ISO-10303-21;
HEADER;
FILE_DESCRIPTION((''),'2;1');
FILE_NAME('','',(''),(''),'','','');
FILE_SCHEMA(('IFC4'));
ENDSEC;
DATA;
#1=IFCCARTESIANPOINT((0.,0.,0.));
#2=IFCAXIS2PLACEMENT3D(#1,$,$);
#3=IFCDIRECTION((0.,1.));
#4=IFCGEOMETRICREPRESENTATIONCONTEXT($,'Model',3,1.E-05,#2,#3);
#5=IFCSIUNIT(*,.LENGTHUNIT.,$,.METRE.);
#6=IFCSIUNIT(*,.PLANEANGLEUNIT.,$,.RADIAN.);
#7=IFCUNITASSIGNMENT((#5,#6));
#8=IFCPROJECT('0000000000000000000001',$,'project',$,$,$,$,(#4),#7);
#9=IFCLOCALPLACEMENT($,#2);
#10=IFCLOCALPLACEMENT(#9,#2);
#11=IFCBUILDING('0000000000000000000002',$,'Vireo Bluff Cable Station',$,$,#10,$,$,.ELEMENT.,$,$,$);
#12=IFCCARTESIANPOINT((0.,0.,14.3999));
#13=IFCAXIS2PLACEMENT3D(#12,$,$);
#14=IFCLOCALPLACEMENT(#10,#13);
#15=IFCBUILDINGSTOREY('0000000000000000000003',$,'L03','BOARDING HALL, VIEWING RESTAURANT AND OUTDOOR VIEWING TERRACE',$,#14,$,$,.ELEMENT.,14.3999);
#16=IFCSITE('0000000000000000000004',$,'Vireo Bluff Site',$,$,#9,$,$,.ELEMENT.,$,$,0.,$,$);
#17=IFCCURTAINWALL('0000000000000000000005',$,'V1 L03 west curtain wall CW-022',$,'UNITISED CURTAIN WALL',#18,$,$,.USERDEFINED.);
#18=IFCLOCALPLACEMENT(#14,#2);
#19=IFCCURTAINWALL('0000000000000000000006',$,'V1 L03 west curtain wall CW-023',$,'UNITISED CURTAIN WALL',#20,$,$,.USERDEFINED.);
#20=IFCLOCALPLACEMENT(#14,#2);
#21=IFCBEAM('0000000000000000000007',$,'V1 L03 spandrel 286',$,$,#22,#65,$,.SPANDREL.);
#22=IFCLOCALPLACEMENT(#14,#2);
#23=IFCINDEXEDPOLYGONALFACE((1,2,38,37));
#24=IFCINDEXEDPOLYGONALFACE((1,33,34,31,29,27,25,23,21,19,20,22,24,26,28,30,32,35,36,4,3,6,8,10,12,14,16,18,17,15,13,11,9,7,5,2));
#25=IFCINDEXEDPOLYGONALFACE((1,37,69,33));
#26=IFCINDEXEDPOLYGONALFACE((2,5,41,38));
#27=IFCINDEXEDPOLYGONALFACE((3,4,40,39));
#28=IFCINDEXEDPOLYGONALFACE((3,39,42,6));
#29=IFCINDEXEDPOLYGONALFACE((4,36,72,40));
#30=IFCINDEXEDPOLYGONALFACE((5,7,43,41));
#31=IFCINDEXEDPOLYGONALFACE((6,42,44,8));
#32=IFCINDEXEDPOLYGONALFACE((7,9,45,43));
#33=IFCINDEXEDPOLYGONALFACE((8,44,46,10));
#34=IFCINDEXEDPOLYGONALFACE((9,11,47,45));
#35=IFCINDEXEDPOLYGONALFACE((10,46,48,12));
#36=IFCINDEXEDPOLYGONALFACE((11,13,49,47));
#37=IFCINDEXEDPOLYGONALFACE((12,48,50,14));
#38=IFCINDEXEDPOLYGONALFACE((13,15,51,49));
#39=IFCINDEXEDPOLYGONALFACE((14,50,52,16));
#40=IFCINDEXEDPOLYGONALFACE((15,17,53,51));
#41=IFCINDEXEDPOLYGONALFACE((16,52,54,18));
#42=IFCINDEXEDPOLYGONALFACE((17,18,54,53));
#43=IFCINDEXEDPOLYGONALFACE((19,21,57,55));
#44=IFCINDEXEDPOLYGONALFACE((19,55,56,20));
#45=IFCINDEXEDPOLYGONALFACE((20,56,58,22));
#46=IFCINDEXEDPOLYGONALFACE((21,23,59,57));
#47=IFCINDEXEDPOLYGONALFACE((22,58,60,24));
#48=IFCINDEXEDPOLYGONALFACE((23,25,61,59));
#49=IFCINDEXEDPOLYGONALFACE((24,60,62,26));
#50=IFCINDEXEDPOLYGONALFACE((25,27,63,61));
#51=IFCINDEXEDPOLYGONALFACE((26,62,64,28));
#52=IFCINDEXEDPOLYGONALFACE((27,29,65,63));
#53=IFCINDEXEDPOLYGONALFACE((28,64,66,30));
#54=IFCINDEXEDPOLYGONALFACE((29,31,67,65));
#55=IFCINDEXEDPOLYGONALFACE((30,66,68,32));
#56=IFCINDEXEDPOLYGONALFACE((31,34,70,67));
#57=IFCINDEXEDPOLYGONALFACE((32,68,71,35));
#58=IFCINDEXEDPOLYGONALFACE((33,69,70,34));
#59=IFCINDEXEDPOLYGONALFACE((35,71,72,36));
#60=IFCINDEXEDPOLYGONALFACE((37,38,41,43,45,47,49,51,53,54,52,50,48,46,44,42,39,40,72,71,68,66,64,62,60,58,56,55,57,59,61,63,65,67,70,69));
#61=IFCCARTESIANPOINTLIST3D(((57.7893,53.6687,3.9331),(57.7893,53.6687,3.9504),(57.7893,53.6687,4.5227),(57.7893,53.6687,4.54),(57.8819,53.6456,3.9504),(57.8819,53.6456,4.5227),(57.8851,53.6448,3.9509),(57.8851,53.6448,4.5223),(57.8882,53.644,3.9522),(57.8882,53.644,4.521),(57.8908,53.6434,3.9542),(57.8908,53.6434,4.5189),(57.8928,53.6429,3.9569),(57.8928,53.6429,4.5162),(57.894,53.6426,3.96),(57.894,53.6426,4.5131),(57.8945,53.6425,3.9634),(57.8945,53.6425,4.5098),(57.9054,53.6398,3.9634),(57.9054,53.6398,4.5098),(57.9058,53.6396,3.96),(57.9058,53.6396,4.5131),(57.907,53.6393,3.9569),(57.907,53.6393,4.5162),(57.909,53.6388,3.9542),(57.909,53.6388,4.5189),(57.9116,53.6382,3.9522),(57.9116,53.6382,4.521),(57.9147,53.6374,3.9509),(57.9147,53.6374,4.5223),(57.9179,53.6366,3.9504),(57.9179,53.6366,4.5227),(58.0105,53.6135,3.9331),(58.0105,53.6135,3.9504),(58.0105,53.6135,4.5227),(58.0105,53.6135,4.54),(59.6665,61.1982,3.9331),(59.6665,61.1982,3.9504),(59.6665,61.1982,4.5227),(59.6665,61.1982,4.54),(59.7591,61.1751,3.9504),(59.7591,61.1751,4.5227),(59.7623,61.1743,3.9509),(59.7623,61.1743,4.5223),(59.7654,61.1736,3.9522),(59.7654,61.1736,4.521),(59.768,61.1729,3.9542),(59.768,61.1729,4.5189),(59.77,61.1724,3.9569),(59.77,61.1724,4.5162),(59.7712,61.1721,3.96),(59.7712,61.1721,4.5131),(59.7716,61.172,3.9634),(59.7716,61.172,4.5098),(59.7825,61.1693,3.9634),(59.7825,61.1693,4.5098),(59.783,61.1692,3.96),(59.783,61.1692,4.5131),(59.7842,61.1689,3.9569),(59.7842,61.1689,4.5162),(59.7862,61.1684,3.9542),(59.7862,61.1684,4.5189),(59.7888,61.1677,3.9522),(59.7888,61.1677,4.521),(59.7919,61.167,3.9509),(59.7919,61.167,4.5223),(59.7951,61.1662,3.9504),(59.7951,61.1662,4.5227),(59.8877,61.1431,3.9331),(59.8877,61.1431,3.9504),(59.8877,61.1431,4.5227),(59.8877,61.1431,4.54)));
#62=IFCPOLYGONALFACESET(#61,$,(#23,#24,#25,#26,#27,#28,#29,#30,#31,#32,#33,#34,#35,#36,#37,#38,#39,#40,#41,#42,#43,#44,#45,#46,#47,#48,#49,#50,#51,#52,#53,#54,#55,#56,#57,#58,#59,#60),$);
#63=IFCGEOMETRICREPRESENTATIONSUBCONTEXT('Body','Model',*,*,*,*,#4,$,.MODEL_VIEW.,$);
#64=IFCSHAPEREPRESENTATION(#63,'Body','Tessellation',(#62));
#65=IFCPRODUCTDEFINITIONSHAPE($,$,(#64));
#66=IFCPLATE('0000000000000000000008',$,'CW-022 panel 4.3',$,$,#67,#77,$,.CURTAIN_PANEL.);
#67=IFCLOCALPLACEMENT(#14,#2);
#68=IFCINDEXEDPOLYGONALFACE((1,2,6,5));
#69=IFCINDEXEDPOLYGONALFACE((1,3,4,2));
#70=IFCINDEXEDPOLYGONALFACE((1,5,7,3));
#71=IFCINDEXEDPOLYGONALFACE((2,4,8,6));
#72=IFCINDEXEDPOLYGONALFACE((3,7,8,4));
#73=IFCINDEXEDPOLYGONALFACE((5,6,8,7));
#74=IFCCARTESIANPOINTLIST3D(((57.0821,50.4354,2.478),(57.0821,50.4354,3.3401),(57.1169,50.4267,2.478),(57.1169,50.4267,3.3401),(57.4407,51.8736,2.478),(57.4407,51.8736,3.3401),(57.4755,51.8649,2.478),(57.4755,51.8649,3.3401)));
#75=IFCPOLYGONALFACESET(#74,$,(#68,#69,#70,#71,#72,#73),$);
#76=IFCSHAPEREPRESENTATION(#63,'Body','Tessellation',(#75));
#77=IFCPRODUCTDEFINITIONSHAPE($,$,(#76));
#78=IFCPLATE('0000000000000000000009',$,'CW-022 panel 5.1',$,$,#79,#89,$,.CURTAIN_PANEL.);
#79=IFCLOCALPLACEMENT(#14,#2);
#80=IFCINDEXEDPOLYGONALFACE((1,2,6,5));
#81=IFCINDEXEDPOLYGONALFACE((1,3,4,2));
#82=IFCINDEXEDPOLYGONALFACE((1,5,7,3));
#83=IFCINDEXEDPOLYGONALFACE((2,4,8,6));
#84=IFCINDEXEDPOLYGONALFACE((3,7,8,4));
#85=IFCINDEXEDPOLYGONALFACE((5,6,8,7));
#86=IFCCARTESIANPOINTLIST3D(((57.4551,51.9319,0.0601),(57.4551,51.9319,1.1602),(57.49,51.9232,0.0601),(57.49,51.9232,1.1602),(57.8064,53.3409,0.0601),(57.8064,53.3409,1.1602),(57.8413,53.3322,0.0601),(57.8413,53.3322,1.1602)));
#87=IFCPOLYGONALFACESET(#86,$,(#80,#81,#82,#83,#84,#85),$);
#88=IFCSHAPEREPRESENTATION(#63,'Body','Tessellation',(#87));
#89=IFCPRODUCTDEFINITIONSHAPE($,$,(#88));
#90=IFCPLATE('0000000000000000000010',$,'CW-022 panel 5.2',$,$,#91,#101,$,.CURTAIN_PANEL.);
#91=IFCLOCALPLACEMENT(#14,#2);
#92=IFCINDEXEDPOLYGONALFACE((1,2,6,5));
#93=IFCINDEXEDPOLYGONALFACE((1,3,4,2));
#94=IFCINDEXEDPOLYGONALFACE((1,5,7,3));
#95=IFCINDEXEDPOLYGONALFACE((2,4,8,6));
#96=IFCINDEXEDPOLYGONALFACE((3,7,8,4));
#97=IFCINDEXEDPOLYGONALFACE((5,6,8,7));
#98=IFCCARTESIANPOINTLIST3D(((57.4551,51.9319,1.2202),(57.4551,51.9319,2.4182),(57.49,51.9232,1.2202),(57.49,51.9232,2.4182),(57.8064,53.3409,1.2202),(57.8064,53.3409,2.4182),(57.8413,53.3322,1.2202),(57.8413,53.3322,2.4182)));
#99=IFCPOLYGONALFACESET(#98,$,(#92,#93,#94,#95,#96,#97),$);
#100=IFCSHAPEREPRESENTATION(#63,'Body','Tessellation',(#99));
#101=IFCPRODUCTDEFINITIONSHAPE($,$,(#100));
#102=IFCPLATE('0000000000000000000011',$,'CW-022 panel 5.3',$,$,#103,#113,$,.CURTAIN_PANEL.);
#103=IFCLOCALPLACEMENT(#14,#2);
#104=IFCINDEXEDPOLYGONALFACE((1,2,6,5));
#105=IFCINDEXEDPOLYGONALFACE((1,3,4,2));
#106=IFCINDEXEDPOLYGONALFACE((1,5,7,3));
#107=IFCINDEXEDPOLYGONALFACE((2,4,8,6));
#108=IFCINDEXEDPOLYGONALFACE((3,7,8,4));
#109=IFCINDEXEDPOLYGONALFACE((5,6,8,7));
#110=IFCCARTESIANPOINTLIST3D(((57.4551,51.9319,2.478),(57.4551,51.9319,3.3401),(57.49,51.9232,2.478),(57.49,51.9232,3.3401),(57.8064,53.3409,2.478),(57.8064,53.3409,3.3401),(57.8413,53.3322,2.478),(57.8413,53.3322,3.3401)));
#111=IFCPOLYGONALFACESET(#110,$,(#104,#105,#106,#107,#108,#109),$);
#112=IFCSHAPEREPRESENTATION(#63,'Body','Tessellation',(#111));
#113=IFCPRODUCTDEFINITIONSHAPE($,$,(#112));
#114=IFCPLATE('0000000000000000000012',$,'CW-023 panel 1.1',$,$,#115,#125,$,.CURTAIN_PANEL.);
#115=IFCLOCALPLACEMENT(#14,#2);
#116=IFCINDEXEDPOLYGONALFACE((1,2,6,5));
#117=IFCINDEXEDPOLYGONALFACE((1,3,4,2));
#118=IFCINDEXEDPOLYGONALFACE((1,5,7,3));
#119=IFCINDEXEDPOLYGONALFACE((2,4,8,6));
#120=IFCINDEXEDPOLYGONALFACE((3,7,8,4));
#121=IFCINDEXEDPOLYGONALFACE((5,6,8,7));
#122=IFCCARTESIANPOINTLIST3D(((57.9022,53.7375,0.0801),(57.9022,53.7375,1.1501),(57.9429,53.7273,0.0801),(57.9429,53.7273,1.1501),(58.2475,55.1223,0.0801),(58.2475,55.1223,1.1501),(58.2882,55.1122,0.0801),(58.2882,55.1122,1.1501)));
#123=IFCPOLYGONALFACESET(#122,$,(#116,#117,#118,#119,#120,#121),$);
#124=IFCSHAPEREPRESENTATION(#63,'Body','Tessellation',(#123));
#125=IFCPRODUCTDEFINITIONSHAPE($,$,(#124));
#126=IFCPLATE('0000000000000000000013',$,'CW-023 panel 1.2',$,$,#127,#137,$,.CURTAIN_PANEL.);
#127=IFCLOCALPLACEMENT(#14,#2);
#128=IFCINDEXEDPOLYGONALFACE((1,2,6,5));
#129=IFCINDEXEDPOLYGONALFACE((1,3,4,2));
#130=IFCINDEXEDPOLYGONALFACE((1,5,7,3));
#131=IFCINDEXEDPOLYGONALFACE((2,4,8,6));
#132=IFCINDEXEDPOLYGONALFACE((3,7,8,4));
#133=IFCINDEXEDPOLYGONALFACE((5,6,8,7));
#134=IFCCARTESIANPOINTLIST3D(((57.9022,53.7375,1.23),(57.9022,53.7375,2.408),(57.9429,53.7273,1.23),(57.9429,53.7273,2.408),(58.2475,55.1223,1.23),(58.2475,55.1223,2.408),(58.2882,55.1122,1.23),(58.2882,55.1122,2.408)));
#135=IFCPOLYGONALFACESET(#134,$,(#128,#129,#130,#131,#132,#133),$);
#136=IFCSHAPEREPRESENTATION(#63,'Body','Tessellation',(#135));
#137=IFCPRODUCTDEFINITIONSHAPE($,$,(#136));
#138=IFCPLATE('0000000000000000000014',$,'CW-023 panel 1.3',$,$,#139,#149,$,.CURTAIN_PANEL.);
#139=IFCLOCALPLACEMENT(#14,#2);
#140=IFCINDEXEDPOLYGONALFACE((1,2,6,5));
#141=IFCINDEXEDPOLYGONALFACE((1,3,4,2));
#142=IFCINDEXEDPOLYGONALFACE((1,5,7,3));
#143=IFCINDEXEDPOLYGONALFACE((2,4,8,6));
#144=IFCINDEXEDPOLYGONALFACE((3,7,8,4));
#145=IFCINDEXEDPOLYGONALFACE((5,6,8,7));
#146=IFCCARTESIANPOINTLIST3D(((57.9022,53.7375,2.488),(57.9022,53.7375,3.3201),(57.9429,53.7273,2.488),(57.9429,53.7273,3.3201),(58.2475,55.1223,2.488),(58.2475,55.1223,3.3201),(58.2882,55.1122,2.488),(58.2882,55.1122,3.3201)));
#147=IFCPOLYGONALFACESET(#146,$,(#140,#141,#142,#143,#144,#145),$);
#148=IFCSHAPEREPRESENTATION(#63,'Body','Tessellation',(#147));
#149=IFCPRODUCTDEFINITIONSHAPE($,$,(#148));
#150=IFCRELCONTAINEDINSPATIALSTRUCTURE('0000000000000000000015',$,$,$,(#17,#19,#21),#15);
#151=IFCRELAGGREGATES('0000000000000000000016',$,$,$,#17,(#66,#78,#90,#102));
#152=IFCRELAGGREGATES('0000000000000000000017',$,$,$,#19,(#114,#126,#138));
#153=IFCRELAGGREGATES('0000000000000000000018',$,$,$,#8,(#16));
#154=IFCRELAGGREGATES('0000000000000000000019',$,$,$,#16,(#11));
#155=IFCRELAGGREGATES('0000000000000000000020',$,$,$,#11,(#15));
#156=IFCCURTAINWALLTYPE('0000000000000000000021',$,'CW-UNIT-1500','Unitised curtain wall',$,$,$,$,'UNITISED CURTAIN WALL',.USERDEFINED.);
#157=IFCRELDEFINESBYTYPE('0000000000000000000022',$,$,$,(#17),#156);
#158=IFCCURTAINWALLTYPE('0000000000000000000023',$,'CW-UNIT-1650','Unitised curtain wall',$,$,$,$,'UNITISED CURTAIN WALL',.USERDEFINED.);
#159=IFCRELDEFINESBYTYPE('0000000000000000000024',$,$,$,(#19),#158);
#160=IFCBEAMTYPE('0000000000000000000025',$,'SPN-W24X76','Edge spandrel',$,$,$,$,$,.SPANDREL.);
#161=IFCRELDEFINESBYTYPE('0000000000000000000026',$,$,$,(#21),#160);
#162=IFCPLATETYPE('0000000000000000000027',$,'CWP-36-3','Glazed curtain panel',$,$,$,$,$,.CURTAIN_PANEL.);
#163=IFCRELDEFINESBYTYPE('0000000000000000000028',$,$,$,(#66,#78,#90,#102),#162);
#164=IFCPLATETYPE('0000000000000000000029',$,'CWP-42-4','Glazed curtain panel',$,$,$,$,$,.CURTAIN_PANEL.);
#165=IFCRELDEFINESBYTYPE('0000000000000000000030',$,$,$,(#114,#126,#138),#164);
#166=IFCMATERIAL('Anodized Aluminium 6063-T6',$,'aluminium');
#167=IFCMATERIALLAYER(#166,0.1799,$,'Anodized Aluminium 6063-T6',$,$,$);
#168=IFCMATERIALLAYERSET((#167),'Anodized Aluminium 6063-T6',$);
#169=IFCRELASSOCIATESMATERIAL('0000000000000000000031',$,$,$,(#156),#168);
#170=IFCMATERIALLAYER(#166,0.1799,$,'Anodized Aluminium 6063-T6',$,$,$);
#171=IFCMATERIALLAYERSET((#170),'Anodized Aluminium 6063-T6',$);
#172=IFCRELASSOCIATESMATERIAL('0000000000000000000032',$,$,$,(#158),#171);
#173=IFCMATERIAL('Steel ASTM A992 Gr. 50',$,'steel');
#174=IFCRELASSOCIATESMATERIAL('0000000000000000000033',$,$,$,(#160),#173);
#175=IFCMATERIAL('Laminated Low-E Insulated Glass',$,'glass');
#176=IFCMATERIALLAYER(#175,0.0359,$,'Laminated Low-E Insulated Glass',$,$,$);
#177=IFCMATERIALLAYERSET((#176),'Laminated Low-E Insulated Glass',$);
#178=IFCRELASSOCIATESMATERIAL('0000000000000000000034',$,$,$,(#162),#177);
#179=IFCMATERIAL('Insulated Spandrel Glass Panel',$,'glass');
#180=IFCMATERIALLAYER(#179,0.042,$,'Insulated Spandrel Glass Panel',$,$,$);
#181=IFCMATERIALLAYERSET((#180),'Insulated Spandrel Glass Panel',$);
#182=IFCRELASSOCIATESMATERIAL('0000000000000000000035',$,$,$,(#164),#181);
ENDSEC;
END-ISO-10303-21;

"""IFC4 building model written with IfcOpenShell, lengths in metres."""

from ifc_helpers import new_model, si_unit, direction, frame, origin, origin_2d, place, context, subcontext, project, spatial, rectangle, i_section, extrude, material, layer, layer_set, material_profile, profile_set, type_object, element, aggregate, save


model = new_model("IFC4")

# Units and contexts
model_context = context("Model", 3, precision=1e-05, world=origin(), true_north=direction((0.0, 1.0)))
body_context = subcontext(model_context, "Body", "Model", "MODEL_VIEW")
ifc_project = project(units=[si_unit("LENGTHUNIT", "METRE"), si_unit("PLANEANGLEUNIT", "RADIAN")], contexts=[model_context])

# Site, building, storey
site_placement = place(None, origin())
site = spatial("IfcSite", under=ifc_project, at=site_placement, Name="Vireo Bluff Site", CompositionType="ELEMENT", RefElevation=0.0)
building_placement = place(site_placement, origin())
building = spatial("IfcBuilding", under=site, at=building_placement, Name="Vireo Bluff Cable Station", CompositionType="ELEMENT")
storey_placement = place(building_placement, frame((0.0, 0.0, 14.3999)))
storey = spatial("IfcBuildingStorey", under=building, at=storey_placement, Name="L03", Description="BOARDING HALL, VIEWING RESTAURANT AND OUTDOOR VIEWING TERRACE", CompositionType="ELEMENT", Elevation=14.3999)

# Shared definitions
ifc_material_1 = material(Name="Steel ASTM A992 Gr. 50", Category="steel")

# Curtain wall
ifc_material_2 = material(Name="Anodized Aluminium 6063-T6", Category="aluminium")
ifc_layer_1 = layer(ifc_material_2, 0.1799, Name="Anodized Aluminium 6063-T6")
ifc_layer_set_1 = layer_set([ifc_layer_1], Name="Anodized Aluminium 6063-T6")
curtain_wall_type_1 = type_object("IfcCurtainWallType", Name="CW-UNIT-1500", Description="Unitised curtain wall", ElementType="UNITISED CURTAIN WALL", PredefinedType="USERDEFINED", material=ifc_layer_set_1)
curtain_wall_1_placement = place(storey_placement, origin())
curtain_wall_1 = element("IfcCurtainWall", 1, at=curtain_wall_1_placement, inside=storey, type_object=curtain_wall_type_1, Name="V1 L03 west curtain wall CW-022", ObjectType="UNITISED CURTAIN WALL", PredefinedType="USERDEFINED")

# Curtain wall
ifc_layer_2 = layer(ifc_material_2, 0.1799, Name="Anodized Aluminium 6063-T6")
ifc_layer_set_2 = layer_set([ifc_layer_2], Name="Anodized Aluminium 6063-T6")
curtain_wall_type_2 = type_object("IfcCurtainWallType", Name="CW-UNIT-1650", Description="Unitised curtain wall", ElementType="UNITISED CURTAIN WALL", PredefinedType="USERDEFINED", material=ifc_layer_set_2)
curtain_wall_2_placement = place(storey_placement, origin())
curtain_wall_2 = element("IfcCurtainWall", 2, at=curtain_wall_2_placement, inside=storey, type_object=curtain_wall_type_2, Name="V1 L03 west curtain wall CW-023", ObjectType="UNITISED CURTAIN WALL", PredefinedType="USERDEFINED")

# Beam
ifc_material_profile_1 = material_profile(ifc_material_1, i_section(OverallWidth=0.228, OverallDepth=0.6069, WebThickness=0.0112, FlangeThickness=0.0173, FilletRadius=0.0129, at=origin_2d()), Name="W24X76")
ifc_profile_set_1 = profile_set([ifc_material_profile_1], Name="Steel ASTM A992 Gr. 50")
beam_type_1 = type_object("IfcBeamType", Name="SPN-W24X76", Description="Edge spandrel", PredefinedType="SPANDREL", material=ifc_profile_set_1)
beam_1_placement = place(storey_placement, frame((57.8999, 53.6411, 4.2366), z_axis=(0.241906, 0.9703, 0.0), x_axis=(-0.9703, 0.241906, 0.0)))
element("IfcBeam", 3, at=beam_1_placement, inside=storey, type_object=beam_type_1, Name="V1 L03 spandrel 286", PredefinedType="SPANDREL", context=body_context, shape_type="SweptSolid", body=[
    extrude(i_section(OverallWidth=0.228, OverallDepth=0.6069, WebThickness=0.0112, FlangeThickness=0.0173, FilletRadius=0.0129, at=origin_2d()), origin(), (0.0, 0.0, 1.0), 7.76),
])

# Plates
ifc_material_3 = material(Name="Laminated Low-E Insulated Glass", Category="glass")
ifc_layer_3 = layer(ifc_material_3, 0.0359, Name="Laminated Low-E Insulated Glass")
ifc_layer_set_3 = layer_set([ifc_layer_3], Name="Laminated Low-E Insulated Glass")
plate_type_1 = type_object("IfcPlateType", Name="CWP-36-3", Description="Glazed curtain panel", PredefinedType="CURTAIN_PANEL", material=ifc_layer_set_3)
plate_1_placement = place(storey_placement, frame((57.2788, 51.1501, 2.478), z_axis=(0.0, 0.0, 1.0), x_axis=(0.241922, 0.970296, 0.0)))
plate_1 = element("IfcPlate", 4, at=plate_1_placement, type_object=plate_type_1, Name="CW-022 panel 4.3", PredefinedType="CURTAIN_PANEL", context=body_context, shape_type="SweptSolid", body=[
    extrude(rectangle(XDim=1.4822, YDim=0.0359, at=origin_2d()), origin(), (0.0, 0.0, 1.0), 0.8621),
])
plate_2_placement = place(storey_placement, frame((57.6482, 52.6321, 0.0601), z_axis=(0.0, 0.0, 1.0), x_axis=(0.241922, 0.970296, 0.0)))
plate_2 = element("IfcPlate", 5, at=plate_2_placement, type_object=plate_type_1, Name="CW-022 panel 5.1", PredefinedType="CURTAIN_PANEL", context=body_context, shape_type="SweptSolid", body=[
    extrude(rectangle(XDim=1.4521, YDim=0.0359, at=origin_2d()), origin(), (0.0, 0.0, 1.0), 1.1001),
])
plate_3_placement = place(storey_placement, frame((57.6482, 52.6321, 1.2202), z_axis=(0.0, 0.0, 1.0), x_axis=(0.241922, 0.970296, 0.0)))
plate_3 = element("IfcPlate", 6, at=plate_3_placement, type_object=plate_type_1, Name="CW-022 panel 5.2", PredefinedType="CURTAIN_PANEL", context=body_context, shape_type="SweptSolid", body=[
    extrude(rectangle(XDim=1.4521, YDim=0.0359, at=origin_2d()), origin(), (0.0, 0.0, 1.0), 1.198),
])
plate_4_placement = place(storey_placement, frame((57.6482, 52.6321, 2.478), z_axis=(0.0, 0.0, 1.0), x_axis=(0.241922, 0.970296, 0.0)))
plate_4 = element("IfcPlate", 7, at=plate_4_placement, type_object=plate_type_1, Name="CW-022 panel 5.3", PredefinedType="CURTAIN_PANEL", context=body_context, shape_type="SweptSolid", body=[
    extrude(rectangle(XDim=1.4521, YDim=0.0359, at=origin_2d()), origin(), (0.0, 0.0, 1.0), 0.8621),
])
aggregate(curtain_wall_1, [plate_1, plate_2, plate_3, plate_4])
ifc_material_4 = material(Name="Insulated Spandrel Glass Panel", Category="glass")
ifc_layer_4 = layer(ifc_material_4, 0.042, Name="Insulated Spandrel Glass Panel")
ifc_layer_set_4 = layer_set([ifc_layer_4], Name="Insulated Spandrel Glass Panel")
plate_type_2 = type_object("IfcPlateType", Name="CWP-42-4", Description="Glazed curtain panel", PredefinedType="CURTAIN_PANEL", material=ifc_layer_set_4)
plate_5_placement = place(storey_placement, frame((58.0952, 54.4248, 0.0801), z_axis=(0.0, 0.0, 1.0), x_axis=(0.241922, 0.970296, 0.0)))
plate_5 = element("IfcPlate", 8, at=plate_5_placement, type_object=plate_type_2, Name="CW-023 panel 1.1", PredefinedType="CURTAIN_PANEL", context=body_context, shape_type="SweptSolid", body=[
    extrude(rectangle(XDim=1.4272, YDim=0.042, at=origin_2d()), origin(), (0.0, 0.0, 1.0), 1.0701),
])
plate_6_placement = place(storey_placement, frame((58.0952, 54.4248, 1.23), z_axis=(0.0, 0.0, 1.0), x_axis=(0.241922, 0.970296, 0.0)))
plate_6 = element("IfcPlate", 9, at=plate_6_placement, type_object=plate_type_2, Name="CW-023 panel 1.2", PredefinedType="CURTAIN_PANEL", context=body_context, shape_type="SweptSolid", body=[
    extrude(rectangle(XDim=1.4272, YDim=0.042, at=origin_2d()), origin(), (0.0, 0.0, 1.0), 1.178),
])
plate_7_placement = place(storey_placement, frame((58.0952, 54.4248, 2.488), z_axis=(0.0, 0.0, 1.0), x_axis=(0.241922, 0.970296, 0.0)))
plate_7 = element("IfcPlate", 10, at=plate_7_placement, type_object=plate_type_2, Name="CW-023 panel 1.3", PredefinedType="CURTAIN_PANEL", context=body_context, shape_type="SweptSolid", body=[
    extrude(rectangle(XDim=1.4272, YDim=0.042, at=origin_2d()), origin(), (0.0, 0.0, 1.0), 0.832),
])
aggregate(curtain_wall_2, [plate_5, plate_6, plate_7])

save(model, "model.ifc")
